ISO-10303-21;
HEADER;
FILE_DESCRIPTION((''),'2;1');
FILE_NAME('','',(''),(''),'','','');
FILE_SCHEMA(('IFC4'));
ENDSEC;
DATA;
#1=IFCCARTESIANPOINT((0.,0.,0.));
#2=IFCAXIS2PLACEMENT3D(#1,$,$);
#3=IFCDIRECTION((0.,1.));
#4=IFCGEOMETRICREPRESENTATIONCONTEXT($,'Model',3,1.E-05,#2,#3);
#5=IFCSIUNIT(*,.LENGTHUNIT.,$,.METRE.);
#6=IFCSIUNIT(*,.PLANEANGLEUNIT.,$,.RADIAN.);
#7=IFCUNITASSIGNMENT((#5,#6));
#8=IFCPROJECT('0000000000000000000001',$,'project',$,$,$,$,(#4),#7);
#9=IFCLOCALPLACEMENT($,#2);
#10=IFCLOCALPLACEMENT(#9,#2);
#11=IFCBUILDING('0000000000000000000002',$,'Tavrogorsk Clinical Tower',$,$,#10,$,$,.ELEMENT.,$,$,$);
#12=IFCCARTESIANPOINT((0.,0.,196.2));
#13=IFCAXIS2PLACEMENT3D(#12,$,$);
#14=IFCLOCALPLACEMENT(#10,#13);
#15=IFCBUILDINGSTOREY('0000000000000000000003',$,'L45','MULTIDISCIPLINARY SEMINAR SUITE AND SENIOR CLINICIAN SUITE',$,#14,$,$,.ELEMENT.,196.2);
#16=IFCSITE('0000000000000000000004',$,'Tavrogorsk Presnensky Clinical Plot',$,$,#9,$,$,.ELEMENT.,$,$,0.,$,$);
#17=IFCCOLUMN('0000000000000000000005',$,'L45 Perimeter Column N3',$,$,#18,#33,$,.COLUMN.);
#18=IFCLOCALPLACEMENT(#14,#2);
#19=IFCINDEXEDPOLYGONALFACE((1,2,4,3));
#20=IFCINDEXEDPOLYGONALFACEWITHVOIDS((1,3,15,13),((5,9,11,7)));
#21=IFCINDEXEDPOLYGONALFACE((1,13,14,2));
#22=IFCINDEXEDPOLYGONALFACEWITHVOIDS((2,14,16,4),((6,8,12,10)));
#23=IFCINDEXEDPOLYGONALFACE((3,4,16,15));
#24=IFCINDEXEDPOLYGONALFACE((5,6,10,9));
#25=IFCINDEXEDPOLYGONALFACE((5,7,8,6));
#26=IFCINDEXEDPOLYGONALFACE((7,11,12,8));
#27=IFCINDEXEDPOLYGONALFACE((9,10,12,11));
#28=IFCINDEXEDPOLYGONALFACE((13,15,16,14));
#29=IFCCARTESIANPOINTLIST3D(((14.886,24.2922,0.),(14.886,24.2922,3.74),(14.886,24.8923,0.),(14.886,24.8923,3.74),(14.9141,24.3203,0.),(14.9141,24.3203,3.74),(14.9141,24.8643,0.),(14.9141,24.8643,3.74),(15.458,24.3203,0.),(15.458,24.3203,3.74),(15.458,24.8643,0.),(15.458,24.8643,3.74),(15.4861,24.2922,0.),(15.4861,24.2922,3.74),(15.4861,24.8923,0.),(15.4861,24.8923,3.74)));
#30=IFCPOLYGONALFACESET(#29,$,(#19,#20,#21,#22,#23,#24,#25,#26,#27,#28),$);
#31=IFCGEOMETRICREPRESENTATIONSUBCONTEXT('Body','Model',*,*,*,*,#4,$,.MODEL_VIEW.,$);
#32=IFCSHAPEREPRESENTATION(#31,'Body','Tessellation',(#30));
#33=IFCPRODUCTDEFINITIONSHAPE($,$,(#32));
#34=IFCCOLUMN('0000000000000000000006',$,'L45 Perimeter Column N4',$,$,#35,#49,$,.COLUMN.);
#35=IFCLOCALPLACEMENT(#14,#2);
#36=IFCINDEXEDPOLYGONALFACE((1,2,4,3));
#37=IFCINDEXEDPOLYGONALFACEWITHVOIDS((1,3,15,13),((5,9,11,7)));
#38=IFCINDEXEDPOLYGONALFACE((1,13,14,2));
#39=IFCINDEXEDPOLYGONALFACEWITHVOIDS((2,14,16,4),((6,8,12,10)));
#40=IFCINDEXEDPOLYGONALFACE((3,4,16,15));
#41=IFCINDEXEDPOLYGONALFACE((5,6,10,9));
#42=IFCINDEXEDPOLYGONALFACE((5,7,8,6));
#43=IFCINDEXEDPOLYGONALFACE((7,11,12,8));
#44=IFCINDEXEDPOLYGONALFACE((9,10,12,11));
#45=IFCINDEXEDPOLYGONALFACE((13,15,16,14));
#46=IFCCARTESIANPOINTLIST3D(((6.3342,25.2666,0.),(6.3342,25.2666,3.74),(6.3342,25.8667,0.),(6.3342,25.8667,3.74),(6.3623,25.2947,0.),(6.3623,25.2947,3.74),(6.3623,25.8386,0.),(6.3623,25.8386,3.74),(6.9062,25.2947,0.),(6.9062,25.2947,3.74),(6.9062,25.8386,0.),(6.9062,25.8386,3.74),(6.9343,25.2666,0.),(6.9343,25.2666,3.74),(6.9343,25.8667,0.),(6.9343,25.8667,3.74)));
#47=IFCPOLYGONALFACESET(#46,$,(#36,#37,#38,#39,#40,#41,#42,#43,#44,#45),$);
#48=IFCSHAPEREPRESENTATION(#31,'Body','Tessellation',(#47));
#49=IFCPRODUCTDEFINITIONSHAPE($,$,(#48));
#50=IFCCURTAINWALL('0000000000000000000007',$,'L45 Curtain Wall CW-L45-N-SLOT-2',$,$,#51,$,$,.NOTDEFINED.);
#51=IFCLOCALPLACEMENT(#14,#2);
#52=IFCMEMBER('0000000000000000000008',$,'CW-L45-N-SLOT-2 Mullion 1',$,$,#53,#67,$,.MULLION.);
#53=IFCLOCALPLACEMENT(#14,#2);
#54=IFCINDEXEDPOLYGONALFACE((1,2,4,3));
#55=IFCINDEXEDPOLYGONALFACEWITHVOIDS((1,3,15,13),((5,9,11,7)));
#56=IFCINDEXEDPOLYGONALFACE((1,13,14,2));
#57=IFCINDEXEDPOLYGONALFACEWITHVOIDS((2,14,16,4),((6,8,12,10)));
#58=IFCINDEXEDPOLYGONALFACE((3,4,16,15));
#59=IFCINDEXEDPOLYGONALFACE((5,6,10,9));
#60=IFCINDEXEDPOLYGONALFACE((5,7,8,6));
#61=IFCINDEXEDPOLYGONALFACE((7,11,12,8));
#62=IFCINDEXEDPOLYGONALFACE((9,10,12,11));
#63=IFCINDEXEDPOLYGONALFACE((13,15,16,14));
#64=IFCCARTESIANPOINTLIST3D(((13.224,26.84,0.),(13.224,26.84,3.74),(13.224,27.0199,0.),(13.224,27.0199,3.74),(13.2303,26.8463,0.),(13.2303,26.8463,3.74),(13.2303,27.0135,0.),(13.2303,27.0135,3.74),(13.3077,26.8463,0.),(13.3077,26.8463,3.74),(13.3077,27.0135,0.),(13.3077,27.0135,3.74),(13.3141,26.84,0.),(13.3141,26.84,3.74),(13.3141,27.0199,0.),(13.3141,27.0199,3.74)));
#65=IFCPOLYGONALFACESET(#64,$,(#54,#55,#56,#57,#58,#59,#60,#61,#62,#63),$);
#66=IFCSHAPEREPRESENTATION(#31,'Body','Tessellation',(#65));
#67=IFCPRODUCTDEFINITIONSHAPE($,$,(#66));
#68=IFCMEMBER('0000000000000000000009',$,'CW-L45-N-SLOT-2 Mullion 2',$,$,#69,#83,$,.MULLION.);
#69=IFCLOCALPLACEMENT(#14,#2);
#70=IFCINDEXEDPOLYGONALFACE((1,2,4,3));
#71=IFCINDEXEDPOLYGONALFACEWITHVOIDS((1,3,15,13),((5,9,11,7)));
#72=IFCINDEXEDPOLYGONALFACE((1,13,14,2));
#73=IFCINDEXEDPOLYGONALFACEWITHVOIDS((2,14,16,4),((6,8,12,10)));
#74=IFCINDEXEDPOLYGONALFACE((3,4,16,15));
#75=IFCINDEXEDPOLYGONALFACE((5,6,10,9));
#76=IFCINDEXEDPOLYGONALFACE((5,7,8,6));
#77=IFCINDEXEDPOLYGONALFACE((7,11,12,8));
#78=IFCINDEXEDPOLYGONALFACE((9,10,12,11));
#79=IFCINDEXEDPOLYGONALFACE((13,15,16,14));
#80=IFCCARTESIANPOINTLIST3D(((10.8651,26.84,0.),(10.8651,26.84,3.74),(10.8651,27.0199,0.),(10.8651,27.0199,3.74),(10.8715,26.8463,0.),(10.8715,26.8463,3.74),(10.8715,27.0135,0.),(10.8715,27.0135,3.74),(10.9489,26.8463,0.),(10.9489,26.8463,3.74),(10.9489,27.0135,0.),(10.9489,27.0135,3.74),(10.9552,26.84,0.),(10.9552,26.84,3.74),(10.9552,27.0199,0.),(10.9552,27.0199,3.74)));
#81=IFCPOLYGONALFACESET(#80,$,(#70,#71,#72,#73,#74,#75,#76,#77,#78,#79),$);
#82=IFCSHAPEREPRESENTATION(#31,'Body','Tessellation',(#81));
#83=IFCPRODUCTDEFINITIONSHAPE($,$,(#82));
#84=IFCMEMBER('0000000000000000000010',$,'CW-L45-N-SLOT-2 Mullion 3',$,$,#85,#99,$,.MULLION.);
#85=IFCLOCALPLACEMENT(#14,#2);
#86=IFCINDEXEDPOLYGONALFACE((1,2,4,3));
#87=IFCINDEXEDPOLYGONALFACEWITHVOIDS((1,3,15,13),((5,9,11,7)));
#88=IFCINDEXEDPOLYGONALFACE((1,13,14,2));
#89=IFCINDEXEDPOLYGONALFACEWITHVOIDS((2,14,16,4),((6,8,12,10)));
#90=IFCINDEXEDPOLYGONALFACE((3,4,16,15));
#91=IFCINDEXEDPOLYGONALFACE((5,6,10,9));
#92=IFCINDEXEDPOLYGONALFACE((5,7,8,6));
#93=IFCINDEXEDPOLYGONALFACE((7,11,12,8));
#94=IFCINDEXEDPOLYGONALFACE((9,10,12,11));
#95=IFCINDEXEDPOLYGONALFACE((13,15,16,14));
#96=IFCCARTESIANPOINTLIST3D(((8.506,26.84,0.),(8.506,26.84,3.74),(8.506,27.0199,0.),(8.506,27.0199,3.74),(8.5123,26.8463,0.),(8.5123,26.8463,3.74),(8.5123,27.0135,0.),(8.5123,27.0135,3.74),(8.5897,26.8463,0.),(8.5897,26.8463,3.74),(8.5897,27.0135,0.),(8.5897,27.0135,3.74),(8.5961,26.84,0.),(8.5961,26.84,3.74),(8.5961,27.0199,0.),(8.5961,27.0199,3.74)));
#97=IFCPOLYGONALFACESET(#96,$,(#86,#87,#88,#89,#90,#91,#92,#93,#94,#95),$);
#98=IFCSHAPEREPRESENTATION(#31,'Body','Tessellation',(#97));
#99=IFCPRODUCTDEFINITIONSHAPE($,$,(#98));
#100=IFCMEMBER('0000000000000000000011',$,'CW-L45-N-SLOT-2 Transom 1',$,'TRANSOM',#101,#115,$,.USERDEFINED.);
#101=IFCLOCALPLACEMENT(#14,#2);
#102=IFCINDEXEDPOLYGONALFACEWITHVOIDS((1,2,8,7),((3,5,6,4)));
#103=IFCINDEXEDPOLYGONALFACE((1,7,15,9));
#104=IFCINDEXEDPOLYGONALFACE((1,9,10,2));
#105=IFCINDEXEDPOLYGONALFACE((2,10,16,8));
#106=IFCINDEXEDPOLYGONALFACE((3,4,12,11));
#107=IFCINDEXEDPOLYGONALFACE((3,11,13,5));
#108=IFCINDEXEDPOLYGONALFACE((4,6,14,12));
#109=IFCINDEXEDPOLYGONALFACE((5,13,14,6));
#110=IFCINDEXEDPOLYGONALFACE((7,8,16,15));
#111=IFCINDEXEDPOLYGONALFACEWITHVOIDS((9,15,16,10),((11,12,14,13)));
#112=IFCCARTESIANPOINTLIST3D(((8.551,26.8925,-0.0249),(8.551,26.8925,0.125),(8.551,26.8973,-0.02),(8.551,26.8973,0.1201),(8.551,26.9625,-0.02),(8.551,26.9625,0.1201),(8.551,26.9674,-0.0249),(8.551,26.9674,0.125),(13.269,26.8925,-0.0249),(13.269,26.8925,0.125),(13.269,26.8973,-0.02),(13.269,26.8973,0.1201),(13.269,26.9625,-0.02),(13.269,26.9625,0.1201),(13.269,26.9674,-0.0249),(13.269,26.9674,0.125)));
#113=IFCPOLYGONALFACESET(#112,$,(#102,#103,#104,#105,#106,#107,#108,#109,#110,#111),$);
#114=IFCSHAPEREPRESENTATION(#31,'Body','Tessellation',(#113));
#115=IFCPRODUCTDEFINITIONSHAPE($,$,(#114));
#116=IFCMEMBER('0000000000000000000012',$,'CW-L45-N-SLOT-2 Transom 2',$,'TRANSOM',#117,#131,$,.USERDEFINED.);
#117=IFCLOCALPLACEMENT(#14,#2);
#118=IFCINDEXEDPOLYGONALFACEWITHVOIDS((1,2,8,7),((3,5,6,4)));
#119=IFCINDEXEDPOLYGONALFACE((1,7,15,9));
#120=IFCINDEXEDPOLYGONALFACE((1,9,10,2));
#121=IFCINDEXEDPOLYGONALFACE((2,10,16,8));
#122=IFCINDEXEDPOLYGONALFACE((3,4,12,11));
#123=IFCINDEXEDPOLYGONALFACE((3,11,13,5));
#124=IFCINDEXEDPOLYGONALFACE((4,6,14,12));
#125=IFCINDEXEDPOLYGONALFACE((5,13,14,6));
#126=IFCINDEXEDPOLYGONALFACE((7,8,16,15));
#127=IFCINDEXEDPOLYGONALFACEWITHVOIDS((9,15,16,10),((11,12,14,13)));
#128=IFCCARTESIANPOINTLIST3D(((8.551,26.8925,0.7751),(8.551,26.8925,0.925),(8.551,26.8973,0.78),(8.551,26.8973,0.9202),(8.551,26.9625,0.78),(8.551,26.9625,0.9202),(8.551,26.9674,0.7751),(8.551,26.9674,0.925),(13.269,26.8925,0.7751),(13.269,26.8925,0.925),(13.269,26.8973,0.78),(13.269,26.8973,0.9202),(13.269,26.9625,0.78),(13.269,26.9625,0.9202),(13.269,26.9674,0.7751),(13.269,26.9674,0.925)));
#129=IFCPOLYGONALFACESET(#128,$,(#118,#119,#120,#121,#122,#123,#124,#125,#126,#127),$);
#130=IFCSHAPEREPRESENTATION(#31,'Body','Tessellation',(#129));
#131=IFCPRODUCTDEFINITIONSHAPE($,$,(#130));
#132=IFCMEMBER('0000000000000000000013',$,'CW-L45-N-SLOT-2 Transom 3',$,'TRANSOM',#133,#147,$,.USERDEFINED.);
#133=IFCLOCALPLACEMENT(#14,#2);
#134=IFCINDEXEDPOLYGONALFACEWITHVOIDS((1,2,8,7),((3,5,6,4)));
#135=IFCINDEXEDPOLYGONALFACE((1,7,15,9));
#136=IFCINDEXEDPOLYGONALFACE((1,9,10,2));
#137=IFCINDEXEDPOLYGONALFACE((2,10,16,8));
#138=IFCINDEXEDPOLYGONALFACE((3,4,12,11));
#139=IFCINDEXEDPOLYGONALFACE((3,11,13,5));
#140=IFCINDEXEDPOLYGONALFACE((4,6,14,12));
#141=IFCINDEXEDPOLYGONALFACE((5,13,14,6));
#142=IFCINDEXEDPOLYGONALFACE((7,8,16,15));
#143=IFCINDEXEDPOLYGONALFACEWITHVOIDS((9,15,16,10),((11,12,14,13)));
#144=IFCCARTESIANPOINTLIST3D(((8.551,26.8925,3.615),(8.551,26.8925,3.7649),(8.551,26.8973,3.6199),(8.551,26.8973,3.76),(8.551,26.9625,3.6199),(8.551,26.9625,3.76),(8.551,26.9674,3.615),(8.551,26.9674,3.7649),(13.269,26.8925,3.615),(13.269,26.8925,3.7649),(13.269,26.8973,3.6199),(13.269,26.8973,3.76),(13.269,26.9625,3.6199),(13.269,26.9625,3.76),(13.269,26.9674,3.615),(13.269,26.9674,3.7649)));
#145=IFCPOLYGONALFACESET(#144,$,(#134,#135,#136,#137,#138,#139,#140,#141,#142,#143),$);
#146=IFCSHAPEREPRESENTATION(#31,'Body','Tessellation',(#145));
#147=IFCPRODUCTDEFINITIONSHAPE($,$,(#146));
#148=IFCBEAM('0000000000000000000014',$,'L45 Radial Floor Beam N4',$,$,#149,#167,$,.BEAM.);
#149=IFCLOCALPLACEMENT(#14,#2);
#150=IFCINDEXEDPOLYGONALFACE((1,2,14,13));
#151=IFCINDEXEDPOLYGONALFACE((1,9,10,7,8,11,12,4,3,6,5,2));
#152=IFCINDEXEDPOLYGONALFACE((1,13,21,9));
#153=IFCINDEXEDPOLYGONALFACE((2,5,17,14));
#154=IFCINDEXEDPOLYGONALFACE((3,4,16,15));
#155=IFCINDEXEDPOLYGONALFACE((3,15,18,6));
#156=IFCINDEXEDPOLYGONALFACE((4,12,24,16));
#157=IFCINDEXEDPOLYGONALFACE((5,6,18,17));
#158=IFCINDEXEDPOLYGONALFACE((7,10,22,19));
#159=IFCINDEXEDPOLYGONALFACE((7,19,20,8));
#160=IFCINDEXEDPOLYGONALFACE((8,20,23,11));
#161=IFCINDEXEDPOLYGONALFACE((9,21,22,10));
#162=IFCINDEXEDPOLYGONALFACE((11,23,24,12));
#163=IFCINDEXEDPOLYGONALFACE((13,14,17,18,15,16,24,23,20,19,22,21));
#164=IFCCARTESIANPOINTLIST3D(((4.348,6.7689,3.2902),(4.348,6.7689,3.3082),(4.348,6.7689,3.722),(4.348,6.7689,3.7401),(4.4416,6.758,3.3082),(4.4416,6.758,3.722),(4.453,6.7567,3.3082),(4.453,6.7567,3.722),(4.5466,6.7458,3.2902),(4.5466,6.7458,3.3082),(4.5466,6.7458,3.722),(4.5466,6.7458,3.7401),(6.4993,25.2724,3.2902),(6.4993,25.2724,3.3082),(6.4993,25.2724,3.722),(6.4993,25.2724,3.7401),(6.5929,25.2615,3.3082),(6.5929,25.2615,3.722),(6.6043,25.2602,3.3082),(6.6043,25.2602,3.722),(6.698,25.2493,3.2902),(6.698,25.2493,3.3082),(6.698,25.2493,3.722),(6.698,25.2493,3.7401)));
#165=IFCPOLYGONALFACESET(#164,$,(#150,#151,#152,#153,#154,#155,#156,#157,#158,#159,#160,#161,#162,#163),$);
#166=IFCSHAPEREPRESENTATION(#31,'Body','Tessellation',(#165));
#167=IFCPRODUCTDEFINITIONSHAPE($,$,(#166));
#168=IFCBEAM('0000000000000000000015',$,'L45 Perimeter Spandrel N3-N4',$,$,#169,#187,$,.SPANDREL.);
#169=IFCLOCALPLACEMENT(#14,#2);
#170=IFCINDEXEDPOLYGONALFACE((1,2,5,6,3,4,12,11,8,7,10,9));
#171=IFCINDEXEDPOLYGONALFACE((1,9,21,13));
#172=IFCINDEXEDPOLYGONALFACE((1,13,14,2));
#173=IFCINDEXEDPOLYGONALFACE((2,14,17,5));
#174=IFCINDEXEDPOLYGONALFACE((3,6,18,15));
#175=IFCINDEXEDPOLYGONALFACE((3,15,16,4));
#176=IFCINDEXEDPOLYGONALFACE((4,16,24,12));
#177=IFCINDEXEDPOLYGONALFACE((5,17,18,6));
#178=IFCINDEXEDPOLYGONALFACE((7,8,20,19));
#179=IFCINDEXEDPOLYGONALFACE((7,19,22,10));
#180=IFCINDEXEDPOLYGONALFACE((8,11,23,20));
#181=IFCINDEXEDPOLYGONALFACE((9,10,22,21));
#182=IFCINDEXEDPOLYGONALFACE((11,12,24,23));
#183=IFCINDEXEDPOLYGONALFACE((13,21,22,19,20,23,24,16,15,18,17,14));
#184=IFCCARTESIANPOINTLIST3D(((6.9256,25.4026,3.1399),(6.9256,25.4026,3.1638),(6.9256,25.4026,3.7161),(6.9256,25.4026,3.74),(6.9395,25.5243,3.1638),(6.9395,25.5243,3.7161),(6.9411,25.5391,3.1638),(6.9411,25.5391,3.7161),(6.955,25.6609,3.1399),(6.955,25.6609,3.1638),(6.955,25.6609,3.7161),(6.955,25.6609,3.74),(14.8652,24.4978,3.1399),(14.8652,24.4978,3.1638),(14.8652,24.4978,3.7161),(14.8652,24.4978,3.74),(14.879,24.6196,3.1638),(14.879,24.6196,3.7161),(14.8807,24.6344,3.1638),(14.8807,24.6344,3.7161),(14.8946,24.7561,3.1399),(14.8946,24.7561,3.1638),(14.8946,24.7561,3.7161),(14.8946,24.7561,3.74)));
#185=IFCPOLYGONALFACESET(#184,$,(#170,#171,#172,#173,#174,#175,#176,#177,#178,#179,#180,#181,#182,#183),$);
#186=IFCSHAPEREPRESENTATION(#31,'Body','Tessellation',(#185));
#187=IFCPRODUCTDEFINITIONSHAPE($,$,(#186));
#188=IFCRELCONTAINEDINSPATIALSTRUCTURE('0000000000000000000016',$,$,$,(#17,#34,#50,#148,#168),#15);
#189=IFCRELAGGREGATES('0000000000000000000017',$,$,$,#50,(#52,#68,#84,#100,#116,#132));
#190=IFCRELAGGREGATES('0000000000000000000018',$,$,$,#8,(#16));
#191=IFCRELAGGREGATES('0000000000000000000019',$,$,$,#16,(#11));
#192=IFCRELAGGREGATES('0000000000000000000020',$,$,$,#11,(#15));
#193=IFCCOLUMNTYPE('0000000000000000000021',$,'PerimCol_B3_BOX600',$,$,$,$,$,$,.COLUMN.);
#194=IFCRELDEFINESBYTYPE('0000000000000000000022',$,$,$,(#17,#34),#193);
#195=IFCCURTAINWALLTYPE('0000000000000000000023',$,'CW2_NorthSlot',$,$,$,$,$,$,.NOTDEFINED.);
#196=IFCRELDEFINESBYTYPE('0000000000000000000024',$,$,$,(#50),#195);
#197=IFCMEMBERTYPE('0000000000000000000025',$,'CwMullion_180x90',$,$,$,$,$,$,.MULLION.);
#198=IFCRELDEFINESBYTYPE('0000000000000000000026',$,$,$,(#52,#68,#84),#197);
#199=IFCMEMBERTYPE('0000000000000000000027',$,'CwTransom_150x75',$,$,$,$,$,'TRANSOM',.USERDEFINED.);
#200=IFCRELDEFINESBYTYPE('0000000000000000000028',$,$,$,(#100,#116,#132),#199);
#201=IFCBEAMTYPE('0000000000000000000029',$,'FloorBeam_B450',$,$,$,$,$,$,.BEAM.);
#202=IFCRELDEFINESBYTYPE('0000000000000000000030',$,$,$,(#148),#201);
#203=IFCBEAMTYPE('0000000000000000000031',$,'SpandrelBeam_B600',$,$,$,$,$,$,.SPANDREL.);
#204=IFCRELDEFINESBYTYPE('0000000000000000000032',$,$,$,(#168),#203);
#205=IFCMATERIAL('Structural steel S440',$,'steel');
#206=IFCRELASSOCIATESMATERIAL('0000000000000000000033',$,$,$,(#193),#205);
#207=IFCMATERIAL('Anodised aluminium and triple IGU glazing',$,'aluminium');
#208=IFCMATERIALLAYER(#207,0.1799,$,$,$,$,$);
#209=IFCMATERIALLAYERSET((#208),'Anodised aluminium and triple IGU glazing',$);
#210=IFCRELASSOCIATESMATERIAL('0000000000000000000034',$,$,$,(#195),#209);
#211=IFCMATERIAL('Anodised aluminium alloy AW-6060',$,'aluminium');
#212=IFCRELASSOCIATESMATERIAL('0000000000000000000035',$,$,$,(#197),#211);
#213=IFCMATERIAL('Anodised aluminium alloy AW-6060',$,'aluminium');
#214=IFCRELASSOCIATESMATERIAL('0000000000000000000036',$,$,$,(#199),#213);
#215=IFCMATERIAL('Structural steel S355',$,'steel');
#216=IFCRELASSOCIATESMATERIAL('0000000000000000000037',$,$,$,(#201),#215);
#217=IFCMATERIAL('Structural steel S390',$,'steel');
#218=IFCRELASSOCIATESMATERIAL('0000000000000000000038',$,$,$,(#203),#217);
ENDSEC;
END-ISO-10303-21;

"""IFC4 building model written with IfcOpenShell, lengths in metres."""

from ifc_helpers import new_model, si_unit, direction, frame, origin, origin_2d, place, context, subcontext, project, spatial, hollow_rectangle, i_section, extrude, material, layer, layer_set, material_profile, profile_set, type_object, element, aggregate, save


model = new_model("IFC4")

# Units and contexts
model_context = context("Model", 3, precision=1e-05, world=origin(), true_north=direction((0.0, 1.0)))
body_context = subcontext(model_context, "Body", "Model", "MODEL_VIEW")
ifc_project = project(units=[si_unit("LENGTHUNIT", "METRE"), si_unit("PLANEANGLEUNIT", "RADIAN")], contexts=[model_context])

# Site, building, storey
site_placement = place(None, origin())
site = spatial("IfcSite", under=ifc_project, at=site_placement, Name="Tavrogorsk Presnensky Clinical Plot", CompositionType="ELEMENT", RefElevation=0.0)
building_placement = place(site_placement, origin())
building = spatial("IfcBuilding", under=site, at=building_placement, Name="Tavrogorsk Clinical Tower", CompositionType="ELEMENT")
storey_placement = place(building_placement, frame((0.0, 0.0, 196.2)))
storey = spatial("IfcBuildingStorey", under=building, at=storey_placement, Name="L45", Description="MULTIDISCIPLINARY SEMINAR SUITE AND SENIOR CLINICIAN SUITE", CompositionType="ELEMENT", Elevation=196.2)

# Columns
ifc_material_1 = material(Name="Structural steel S440", Category="steel")
ifc_material_profile_1 = material_profile(ifc_material_1, hollow_rectangle(XDim=0.6001, YDim=0.6001, WallThickness=0.0281, at=origin_2d()), Name="BOX-600x600x28")
ifc_profile_set_1 = profile_set([ifc_material_profile_1], Name="Structural steel S440")
column_type = type_object("IfcColumnType", Name="PerimCol_B3_BOX600", PredefinedType="COLUMN", material=ifc_profile_set_1)
for number, where, z_axis, x_axis, name in (
    (1, (15.186, 24.5923, 0.0), (0.0, 0.0, 1.0), (1.0, 0.0, 0.0), "L45 Perimeter Column N3"),
    (2, (6.6343, 25.5667, 0.0), (0.0, 0.0, 1.0), (1.0, 0.0, 0.0), "L45 Perimeter Column N4"),
):
    element("IfcColumn", number, at=place(storey_placement, frame(where, z_axis=z_axis, x_axis=x_axis)), inside=storey, type_object=column_type, Name=name, PredefinedType="COLUMN", context=body_context, shape_type="SweptSolid", body=[
        extrude(hollow_rectangle(XDim=0.6001, YDim=0.6001, WallThickness=0.0281, at=origin_2d()), origin(), (0.0, 0.0, 1.0), 3.74),
    ])

# Curtain wall, members
ifc_material_2 = material(Name="Anodised aluminium and triple IGU glazing", Category="aluminium")
ifc_layer_1 = layer(ifc_material_2, 0.1799)
ifc_layer_set_1 = layer_set([ifc_layer_1], Name="Anodised aluminium and triple IGU glazing")
curtain_wall_type = type_object("IfcCurtainWallType", Name="CW2_NorthSlot", PredefinedType="NOTDEFINED", material=ifc_layer_set_1)
curtain_wall_placement = place(storey_placement, origin())
curtain_wall = element("IfcCurtainWall", 3, at=curtain_wall_placement, inside=storey, type_object=curtain_wall_type, Name="L45 Curtain Wall CW-L45-N-SLOT-2", PredefinedType="NOTDEFINED")
ifc_material_3 = material(Name="Anodised aluminium alloy AW-6060", Category="aluminium")
ifc_material_profile_2 = material_profile(ifc_material_3, hollow_rectangle(XDim=0.0901, YDim=0.1799, WallThickness=0.0063, at=origin_2d()), Name="RHS-180x90x6.3")
ifc_profile_set_2 = profile_set([ifc_material_profile_2], Name="Anodised aluminium alloy AW-6060")
member_type_1 = type_object("IfcMemberType", Name="CwMullion_180x90", PredefinedType="MULLION", material=ifc_profile_set_2)
member_1_placement = place(storey_placement, frame((13.269, 26.9299, 0.0), z_axis=(0.0, 0.0, 1.0), x_axis=(-1.0, 0.0, 0.0)))
member_1 = element("IfcMember", 4, at=member_1_placement, type_object=member_type_1, Name="CW-L45-N-SLOT-2 Mullion 1", PredefinedType="MULLION", context=body_context, shape_type="SweptSolid", body=[
    extrude(hollow_rectangle(XDim=0.0901, YDim=0.1799, WallThickness=0.0063, at=origin_2d()), origin(), (0.0, 0.0, 1.0), 3.74),
])
member_2_placement = place(storey_placement, frame((10.9102, 26.9299, 0.0), z_axis=(0.0, 0.0, 1.0), x_axis=(-1.0, 0.0, 0.0)))
member_2 = element("IfcMember", 5, at=member_2_placement, type_object=member_type_1, Name="CW-L45-N-SLOT-2 Mullion 2", PredefinedType="MULLION", context=body_context, shape_type="SweptSolid", body=[
    extrude(hollow_rectangle(XDim=0.0901, YDim=0.1799, WallThickness=0.0063, at=origin_2d()), origin(), (0.0, 0.0, 1.0), 3.74),
])
member_3_placement = place(storey_placement, frame((8.551, 26.9299, 0.0), z_axis=(0.0, 0.0, 1.0), x_axis=(-1.0, 0.0, 0.0)))
member_3 = element("IfcMember", 6, at=member_3_placement, type_object=member_type_1, Name="CW-L45-N-SLOT-2 Mullion 3", PredefinedType="MULLION", context=body_context, shape_type="SweptSolid", body=[
    extrude(hollow_rectangle(XDim=0.0901, YDim=0.1799, WallThickness=0.0063, at=origin_2d()), origin(), (0.0, 0.0, 1.0), 3.74),
])
ifc_material_4 = material(Name="Anodised aluminium alloy AW-6060", Category="aluminium")
ifc_material_profile_3 = material_profile(ifc_material_4, hollow_rectangle(XDim=0.075, YDim=0.1499, WallThickness=0.0049, at=origin_2d()), Name="RHS-150x75x5")
ifc_profile_set_3 = profile_set([ifc_material_profile_3], Name="Anodised aluminium alloy AW-6060")
member_type_2 = type_object("IfcMemberType", Name="CwTransom_150x75", ElementType="TRANSOM", PredefinedType="USERDEFINED", material=ifc_profile_set_3)
member_4_placement = place(storey_placement, frame((13.269, 26.9299, 0.05), z_axis=(-1.0, 0.0, 0.0), x_axis=(0.0, -1.0, 0.0)))
member_4 = element("IfcMember", 7, at=member_4_placement, type_object=member_type_2, Name="CW-L45-N-SLOT-2 Transom 1", ObjectType="TRANSOM", PredefinedType="USERDEFINED", context=body_context, shape_type="SweptSolid", body=[
    extrude(hollow_rectangle(XDim=0.075, YDim=0.1499, WallThickness=0.0049, at=origin_2d()), origin(), (0.0, 0.0, 1.0), 4.718),
])
member_5_placement = place(storey_placement, frame((13.269, 26.9299, 0.8501), z_axis=(-1.0, 0.0, 0.0), x_axis=(0.0, -1.0, 0.0)))
member_5 = element("IfcMember", 8, at=member_5_placement, type_object=member_type_2, Name="CW-L45-N-SLOT-2 Transom 2", ObjectType="TRANSOM", PredefinedType="USERDEFINED", context=body_context, shape_type="SweptSolid", body=[
    extrude(hollow_rectangle(XDim=0.075, YDim=0.1499, WallThickness=0.0049, at=origin_2d()), origin(), (0.0, 0.0, 1.0), 4.718),
])
member_6_placement = place(storey_placement, frame((13.269, 26.9299, 3.6899), z_axis=(-1.0, 0.0, 0.0), x_axis=(0.0, -1.0, 0.0)))
member_6 = element("IfcMember", 9, at=member_6_placement, type_object=member_type_2, Name="CW-L45-N-SLOT-2 Transom 3", ObjectType="TRANSOM", PredefinedType="USERDEFINED", context=body_context, shape_type="SweptSolid", body=[
    extrude(hollow_rectangle(XDim=0.075, YDim=0.1499, WallThickness=0.0049, at=origin_2d()), origin(), (0.0, 0.0, 1.0), 4.718),
])

# Beams
ifc_material_5 = material(Name="Structural steel S355", Category="steel")
ifc_material_profile_4 = material_profile(ifc_material_5, i_section(OverallWidth=0.2, OverallDepth=0.45, WebThickness=0.0115, FlangeThickness=0.0181, at=origin_2d()), Name="B-450x200x11.5x18")
ifc_profile_set_4 = profile_set([ifc_material_profile_4], Name="Structural steel S355")
beam_type_1 = type_object("IfcBeamType", Name="FloorBeam_B450", PredefinedType="BEAM", material=ifc_profile_set_4)
beam_1_placement = place(storey_placement, frame((4.4473, 6.7573, 3.5151), z_axis=(0.115491, 0.993309, 0.0), x_axis=(-0.993309, 0.115491, 0.0)))
element("IfcBeam", 10, at=beam_1_placement, inside=storey, type_object=beam_type_1, Name="L45 Radial Floor Beam N4", PredefinedType="BEAM", context=body_context, shape_type="SweptSolid", body=[
    extrude(i_section(OverallWidth=0.2, OverallDepth=0.45, WebThickness=0.0115, FlangeThickness=0.0181, at=origin_2d()), origin(), (0.0, 0.0, 1.0), 18.6282),
])
ifc_material_6 = material(Name="Structural steel S390", Category="steel")
ifc_material_profile_5 = material_profile(ifc_material_6, i_section(OverallWidth=0.26, OverallDepth=0.6001, WebThickness=0.0149, FlangeThickness=0.0239, at=origin_2d()), Name="B-600x260x15x24")
ifc_profile_set_5 = profile_set([ifc_material_profile_5], Name="Structural steel S390")
beam_type_2 = type_object("IfcBeamType", Name="SpandrelBeam_B600", PredefinedType="SPANDREL", material=ifc_profile_set_5)
beam_2_placement = place(storey_placement, frame((14.8799, 24.627, 3.4399), z_axis=(-0.993569, 0.113224, 0.0), x_axis=(-0.113224, -0.993569, 0.0)))
element("IfcBeam", 11, at=beam_2_placement, inside=storey, type_object=beam_type_2, Name="L45 Perimeter Spandrel N3-N4", PredefinedType="SPANDREL", context=body_context, shape_type="SweptSolid", body=[
    extrude(i_section(OverallWidth=0.26, OverallDepth=0.6001, WebThickness=0.0149, FlangeThickness=0.0239, at=origin_2d()), origin(), (0.0, 0.0, 1.0), 7.991),
])

aggregate(curtain_wall, [member_1, member_2, member_3, member_4, member_5, member_6])

save(model, "model.ifc")
